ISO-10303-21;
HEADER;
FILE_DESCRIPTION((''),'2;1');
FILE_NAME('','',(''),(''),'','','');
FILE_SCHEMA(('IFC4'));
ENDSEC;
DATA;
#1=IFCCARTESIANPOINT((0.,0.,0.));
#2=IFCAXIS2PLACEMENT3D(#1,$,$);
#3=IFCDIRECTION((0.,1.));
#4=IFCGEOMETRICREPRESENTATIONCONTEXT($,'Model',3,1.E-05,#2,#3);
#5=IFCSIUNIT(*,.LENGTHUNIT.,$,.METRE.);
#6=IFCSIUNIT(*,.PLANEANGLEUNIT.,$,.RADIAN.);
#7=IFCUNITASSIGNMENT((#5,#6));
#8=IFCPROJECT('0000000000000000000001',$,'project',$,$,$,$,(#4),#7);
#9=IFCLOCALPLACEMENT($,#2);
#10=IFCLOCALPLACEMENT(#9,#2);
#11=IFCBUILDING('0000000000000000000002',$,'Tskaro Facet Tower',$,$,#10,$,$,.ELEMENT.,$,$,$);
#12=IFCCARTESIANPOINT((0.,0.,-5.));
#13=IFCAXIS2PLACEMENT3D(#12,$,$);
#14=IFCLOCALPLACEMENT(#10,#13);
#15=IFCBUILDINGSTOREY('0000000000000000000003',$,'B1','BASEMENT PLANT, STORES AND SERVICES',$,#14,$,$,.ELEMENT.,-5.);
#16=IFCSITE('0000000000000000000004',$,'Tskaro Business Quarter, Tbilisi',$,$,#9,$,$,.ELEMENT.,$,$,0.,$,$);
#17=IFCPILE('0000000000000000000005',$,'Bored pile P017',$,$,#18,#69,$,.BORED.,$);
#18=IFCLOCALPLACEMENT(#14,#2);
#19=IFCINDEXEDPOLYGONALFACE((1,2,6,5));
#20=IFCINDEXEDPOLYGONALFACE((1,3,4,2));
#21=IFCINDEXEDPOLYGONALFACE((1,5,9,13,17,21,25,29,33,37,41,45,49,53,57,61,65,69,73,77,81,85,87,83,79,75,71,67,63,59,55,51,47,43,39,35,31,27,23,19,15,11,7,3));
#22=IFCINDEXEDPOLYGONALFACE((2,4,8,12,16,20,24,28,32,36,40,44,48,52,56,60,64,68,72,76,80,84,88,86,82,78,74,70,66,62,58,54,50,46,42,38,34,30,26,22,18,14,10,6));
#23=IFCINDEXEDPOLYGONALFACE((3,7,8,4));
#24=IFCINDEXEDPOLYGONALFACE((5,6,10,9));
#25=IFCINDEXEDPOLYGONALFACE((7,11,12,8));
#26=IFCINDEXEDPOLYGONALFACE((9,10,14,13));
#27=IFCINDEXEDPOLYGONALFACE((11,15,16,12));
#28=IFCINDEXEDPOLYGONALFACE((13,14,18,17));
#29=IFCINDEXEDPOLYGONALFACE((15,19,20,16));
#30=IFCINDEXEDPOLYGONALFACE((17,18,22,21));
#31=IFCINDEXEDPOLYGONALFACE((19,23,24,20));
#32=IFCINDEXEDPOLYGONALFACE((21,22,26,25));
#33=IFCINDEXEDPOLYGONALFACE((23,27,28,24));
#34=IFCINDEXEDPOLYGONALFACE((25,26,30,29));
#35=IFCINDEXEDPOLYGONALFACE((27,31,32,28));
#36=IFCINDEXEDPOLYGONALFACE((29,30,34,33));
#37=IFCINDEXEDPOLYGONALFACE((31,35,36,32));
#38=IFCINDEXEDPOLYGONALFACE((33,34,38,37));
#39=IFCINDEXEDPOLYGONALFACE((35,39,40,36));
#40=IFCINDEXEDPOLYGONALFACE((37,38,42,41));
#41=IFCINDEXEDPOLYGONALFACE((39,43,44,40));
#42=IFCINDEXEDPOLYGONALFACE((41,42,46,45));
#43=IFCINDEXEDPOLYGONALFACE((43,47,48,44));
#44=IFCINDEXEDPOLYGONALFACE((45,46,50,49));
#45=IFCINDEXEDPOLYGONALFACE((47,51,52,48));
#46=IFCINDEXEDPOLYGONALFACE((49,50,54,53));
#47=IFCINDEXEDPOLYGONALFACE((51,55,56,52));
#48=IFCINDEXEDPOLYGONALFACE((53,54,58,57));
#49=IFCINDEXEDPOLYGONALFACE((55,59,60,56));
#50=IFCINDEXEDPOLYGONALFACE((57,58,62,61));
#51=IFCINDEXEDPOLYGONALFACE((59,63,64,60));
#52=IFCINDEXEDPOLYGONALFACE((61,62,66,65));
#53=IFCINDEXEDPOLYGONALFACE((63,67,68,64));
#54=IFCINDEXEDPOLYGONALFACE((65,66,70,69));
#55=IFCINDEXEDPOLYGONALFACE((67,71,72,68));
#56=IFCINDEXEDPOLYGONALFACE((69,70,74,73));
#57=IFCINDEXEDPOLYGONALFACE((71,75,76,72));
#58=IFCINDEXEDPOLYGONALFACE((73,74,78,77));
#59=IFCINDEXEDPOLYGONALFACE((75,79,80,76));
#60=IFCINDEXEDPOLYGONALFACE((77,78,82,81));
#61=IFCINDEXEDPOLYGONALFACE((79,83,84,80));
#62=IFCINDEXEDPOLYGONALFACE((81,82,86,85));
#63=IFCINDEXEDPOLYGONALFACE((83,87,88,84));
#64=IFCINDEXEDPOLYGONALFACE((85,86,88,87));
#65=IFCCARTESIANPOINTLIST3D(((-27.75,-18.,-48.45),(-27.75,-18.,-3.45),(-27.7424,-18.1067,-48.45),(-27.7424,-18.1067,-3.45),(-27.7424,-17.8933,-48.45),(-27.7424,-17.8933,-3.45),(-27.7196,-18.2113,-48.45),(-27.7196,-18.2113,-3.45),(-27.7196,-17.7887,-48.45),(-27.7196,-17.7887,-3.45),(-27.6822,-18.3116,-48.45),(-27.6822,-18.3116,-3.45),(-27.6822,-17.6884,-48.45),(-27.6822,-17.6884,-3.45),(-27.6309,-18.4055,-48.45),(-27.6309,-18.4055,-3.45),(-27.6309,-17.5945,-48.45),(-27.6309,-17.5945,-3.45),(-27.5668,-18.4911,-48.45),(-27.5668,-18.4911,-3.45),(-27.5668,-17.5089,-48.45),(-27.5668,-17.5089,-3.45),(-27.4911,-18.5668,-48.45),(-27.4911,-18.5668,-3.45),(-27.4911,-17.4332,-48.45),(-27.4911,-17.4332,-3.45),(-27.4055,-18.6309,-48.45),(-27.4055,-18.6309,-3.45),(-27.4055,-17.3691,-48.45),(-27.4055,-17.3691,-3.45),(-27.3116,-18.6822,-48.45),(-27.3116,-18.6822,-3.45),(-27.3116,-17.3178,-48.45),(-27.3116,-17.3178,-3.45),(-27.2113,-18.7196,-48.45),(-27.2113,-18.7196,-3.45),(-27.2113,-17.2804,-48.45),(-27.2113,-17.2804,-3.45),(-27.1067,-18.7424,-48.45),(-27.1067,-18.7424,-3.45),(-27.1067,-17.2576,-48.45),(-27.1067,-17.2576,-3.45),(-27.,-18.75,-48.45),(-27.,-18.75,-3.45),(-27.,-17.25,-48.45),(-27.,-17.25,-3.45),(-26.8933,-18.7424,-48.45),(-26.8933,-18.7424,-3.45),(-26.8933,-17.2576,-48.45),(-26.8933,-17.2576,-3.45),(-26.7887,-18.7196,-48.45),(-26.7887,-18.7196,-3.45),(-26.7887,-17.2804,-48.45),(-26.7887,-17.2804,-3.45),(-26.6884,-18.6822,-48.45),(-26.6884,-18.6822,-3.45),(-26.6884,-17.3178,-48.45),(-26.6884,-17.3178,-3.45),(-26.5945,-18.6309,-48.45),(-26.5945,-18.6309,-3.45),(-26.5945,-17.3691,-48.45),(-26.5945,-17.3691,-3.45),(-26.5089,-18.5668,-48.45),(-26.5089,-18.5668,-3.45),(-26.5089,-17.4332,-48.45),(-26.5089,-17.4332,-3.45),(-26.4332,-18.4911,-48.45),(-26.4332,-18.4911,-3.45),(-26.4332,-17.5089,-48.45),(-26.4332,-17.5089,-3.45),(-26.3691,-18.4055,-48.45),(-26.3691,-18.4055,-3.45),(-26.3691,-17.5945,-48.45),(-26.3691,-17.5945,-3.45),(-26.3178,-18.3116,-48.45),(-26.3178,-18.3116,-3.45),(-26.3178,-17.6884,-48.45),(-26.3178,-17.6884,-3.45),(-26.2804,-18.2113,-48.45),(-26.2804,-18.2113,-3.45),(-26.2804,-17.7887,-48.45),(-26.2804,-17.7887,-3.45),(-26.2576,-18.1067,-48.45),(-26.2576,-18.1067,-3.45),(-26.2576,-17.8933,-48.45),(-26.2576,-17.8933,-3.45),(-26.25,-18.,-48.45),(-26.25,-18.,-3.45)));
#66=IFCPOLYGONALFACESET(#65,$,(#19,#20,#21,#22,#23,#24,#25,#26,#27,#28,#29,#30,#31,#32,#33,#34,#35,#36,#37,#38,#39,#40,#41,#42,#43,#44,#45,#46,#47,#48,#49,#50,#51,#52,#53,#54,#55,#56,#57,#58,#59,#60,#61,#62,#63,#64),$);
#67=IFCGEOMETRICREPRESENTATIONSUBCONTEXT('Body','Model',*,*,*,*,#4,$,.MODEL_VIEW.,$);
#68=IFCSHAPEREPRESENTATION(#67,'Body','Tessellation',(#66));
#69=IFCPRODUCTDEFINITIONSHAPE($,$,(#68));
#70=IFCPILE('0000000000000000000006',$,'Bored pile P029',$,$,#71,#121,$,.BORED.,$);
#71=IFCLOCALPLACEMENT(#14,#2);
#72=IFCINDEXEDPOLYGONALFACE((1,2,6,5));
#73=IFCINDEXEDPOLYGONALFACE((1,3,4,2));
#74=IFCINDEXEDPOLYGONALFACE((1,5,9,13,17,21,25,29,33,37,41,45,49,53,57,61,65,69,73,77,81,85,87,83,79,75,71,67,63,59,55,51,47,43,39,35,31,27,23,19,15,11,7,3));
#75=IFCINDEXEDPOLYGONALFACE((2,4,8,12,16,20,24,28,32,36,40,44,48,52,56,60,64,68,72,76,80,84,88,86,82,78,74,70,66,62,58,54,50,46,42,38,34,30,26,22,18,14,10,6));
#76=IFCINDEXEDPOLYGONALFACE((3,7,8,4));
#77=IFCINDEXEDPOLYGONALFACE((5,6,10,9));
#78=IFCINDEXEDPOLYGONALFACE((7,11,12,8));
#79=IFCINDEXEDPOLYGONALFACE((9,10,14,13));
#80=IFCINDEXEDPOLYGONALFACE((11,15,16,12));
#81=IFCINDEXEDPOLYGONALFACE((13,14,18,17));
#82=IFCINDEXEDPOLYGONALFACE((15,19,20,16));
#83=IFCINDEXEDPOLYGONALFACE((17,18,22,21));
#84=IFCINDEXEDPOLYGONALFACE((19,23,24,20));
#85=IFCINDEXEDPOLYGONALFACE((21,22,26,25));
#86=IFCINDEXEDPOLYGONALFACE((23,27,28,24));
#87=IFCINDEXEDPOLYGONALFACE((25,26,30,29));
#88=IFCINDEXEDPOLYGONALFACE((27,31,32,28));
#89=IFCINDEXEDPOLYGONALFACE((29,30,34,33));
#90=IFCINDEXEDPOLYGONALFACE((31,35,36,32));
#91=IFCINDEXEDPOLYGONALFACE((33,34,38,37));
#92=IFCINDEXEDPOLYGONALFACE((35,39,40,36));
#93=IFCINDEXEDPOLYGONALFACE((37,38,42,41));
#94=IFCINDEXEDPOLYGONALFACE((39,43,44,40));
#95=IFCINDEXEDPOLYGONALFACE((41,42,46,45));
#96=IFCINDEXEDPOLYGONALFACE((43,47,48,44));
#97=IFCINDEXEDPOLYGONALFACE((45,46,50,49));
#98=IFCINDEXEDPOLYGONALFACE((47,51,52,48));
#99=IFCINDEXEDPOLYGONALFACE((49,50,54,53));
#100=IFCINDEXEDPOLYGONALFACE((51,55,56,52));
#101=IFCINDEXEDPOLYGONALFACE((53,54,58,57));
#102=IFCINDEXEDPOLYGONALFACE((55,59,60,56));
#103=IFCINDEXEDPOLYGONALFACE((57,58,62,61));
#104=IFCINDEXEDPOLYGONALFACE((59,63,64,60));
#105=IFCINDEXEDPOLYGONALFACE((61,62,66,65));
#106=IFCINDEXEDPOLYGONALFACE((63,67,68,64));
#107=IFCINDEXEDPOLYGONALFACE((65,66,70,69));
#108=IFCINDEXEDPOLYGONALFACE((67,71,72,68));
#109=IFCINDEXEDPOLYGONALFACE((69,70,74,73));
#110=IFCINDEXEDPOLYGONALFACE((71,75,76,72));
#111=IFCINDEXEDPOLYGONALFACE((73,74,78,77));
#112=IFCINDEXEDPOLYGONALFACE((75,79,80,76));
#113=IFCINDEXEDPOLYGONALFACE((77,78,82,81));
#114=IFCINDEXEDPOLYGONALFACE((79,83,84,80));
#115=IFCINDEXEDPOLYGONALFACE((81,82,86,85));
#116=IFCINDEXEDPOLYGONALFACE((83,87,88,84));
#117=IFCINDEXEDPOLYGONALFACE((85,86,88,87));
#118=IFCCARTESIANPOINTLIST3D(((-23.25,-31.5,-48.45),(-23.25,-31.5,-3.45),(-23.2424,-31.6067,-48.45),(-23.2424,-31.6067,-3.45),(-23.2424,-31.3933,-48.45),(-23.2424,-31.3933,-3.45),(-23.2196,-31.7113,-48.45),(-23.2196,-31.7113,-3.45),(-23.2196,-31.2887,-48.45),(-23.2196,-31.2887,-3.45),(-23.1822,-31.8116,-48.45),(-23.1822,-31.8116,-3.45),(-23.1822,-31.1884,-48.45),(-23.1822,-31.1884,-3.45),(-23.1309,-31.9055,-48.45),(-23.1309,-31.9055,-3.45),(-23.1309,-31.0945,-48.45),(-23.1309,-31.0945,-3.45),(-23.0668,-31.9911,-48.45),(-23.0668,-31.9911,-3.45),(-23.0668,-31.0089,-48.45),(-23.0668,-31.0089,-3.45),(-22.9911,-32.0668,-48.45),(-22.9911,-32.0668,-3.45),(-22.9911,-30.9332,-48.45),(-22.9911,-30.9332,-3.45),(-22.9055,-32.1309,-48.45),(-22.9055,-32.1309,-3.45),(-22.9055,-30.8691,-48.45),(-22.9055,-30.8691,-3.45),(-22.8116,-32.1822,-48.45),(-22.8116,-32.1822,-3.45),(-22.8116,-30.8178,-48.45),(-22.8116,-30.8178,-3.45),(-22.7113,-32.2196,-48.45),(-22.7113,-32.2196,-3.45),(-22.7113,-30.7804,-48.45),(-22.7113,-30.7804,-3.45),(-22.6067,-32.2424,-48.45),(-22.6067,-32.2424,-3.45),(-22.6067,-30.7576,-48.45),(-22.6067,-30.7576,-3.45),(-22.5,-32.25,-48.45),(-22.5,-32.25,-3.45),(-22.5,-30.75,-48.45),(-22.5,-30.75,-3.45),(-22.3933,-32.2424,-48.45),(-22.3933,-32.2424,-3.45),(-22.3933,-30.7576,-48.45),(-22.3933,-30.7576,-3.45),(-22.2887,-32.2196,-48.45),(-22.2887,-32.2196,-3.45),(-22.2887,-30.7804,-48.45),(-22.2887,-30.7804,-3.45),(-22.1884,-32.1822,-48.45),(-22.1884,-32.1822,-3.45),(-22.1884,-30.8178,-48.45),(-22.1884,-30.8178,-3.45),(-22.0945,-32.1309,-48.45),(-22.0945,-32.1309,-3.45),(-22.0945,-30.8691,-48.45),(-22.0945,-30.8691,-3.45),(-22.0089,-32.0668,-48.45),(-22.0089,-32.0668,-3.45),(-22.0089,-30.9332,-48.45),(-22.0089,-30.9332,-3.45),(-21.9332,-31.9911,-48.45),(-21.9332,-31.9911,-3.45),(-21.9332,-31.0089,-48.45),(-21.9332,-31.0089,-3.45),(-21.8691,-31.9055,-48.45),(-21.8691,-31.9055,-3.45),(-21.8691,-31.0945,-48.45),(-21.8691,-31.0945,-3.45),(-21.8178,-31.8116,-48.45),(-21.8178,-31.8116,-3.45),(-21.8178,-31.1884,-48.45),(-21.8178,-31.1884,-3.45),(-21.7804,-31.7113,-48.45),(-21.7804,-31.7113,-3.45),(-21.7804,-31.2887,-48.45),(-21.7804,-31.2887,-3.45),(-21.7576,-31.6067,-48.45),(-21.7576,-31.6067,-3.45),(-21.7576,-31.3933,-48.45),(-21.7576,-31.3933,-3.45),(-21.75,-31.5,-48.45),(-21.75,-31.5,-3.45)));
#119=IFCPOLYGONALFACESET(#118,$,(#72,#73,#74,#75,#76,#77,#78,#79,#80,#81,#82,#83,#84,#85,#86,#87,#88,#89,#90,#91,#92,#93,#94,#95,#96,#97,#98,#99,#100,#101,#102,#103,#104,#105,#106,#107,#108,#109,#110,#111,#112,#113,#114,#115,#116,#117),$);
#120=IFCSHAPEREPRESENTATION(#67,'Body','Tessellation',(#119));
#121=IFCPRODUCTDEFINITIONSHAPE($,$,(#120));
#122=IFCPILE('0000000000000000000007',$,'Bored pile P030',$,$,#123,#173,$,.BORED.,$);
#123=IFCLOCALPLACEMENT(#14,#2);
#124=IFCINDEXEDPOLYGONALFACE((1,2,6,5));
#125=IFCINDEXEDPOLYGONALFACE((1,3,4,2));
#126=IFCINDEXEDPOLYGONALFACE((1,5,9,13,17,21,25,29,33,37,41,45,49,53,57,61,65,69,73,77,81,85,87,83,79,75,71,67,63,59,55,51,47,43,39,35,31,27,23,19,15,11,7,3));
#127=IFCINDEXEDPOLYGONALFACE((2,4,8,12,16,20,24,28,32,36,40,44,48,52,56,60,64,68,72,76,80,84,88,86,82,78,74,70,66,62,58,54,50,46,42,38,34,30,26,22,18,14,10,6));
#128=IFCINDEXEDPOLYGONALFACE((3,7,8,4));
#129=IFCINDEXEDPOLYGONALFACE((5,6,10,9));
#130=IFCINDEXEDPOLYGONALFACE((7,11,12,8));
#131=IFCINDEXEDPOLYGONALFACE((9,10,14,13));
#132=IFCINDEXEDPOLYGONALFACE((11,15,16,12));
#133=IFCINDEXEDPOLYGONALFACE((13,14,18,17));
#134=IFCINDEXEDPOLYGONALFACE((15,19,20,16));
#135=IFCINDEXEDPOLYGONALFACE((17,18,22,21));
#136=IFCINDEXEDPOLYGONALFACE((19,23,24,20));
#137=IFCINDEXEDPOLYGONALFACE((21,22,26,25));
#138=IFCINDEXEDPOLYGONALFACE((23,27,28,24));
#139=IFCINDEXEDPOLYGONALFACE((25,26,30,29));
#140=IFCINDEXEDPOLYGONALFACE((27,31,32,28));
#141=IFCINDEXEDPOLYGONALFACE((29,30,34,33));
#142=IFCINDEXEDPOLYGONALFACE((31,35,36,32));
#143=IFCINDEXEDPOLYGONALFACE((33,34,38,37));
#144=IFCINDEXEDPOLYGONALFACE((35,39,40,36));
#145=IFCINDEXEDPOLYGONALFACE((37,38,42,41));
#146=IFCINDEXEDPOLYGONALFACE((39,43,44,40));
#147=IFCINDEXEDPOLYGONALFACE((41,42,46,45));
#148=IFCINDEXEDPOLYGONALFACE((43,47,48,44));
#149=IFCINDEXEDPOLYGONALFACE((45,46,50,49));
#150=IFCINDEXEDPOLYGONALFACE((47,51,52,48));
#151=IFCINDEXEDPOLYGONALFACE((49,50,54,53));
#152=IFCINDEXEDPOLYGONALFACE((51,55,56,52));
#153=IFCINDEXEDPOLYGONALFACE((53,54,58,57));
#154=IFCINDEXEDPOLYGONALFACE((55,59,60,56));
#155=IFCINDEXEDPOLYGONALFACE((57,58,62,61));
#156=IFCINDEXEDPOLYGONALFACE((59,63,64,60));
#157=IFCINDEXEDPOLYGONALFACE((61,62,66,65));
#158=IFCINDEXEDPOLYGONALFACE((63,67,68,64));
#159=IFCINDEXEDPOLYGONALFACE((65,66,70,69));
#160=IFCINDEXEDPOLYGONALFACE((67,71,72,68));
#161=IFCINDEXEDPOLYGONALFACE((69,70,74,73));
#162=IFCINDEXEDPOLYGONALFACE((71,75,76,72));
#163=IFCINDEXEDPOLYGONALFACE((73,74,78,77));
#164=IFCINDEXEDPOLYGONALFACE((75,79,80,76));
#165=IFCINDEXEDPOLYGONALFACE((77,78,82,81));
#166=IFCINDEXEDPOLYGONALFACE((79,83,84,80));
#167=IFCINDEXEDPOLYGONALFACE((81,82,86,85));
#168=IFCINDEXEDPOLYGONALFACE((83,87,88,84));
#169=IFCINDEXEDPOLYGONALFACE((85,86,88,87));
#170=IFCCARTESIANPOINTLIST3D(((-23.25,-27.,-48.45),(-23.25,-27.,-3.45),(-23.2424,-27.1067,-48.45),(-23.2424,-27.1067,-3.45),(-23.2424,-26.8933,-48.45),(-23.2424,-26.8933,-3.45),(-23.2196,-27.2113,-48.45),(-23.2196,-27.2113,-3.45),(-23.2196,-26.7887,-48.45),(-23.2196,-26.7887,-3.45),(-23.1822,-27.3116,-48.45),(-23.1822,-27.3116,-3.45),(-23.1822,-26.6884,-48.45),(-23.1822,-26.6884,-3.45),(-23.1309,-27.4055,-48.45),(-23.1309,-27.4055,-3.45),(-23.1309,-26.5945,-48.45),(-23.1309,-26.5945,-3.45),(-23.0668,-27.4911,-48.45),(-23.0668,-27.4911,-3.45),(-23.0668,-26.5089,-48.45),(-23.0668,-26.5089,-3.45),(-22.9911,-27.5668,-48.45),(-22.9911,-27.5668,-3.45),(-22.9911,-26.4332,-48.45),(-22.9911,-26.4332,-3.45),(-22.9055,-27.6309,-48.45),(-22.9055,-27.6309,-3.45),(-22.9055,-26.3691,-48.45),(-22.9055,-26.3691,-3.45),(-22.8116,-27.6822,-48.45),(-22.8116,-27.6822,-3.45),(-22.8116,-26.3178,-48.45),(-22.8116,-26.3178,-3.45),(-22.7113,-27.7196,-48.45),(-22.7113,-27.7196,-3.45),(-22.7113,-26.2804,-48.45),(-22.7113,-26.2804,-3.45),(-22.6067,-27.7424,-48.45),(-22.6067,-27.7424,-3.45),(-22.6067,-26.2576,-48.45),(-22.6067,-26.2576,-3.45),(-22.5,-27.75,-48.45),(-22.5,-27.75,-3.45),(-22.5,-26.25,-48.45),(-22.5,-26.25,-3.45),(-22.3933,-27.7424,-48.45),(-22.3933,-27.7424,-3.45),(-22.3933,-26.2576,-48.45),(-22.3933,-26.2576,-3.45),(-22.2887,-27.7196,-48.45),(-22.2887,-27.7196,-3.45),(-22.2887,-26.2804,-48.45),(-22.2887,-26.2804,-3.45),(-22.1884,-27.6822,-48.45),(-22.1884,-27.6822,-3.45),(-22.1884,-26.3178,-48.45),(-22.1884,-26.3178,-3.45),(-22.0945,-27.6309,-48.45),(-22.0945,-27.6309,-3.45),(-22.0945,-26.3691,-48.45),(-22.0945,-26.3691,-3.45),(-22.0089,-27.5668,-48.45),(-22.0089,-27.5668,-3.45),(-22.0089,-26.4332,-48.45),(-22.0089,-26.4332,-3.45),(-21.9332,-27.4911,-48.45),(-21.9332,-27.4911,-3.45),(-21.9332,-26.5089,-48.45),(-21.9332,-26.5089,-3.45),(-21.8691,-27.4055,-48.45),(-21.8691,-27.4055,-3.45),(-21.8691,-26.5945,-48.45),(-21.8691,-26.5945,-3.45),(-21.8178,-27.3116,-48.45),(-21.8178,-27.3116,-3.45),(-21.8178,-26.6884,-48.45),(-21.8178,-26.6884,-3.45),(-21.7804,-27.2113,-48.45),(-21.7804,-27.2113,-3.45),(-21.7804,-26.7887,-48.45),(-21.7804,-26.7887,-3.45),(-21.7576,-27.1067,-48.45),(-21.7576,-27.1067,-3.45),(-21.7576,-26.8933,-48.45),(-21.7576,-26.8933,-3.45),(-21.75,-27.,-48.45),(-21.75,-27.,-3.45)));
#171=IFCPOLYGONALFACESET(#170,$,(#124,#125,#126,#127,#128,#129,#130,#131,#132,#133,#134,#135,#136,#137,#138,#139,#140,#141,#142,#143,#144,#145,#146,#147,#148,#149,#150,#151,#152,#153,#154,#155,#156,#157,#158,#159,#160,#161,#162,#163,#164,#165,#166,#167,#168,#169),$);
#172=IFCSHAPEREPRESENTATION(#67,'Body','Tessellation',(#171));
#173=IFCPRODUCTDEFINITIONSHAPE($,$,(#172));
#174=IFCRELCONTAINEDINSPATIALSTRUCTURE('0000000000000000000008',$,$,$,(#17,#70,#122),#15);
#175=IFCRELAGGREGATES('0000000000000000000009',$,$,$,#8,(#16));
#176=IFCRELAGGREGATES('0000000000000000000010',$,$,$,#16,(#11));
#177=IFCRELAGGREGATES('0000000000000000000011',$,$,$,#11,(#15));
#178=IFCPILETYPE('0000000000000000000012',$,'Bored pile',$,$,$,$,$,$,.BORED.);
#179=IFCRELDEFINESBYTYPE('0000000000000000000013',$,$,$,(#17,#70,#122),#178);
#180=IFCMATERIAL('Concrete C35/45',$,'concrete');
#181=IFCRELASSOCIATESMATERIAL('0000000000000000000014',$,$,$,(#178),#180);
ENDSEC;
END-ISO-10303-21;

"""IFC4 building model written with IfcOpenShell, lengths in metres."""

from ifc_helpers import new_model, si_unit, direction, frame, origin, origin_2d, place, context, subcontext, project, spatial, circle, extrude, material, material_profile, profile_set, type_object, element, save


model = new_model("IFC4")

# Units and contexts
model_context = context("Model", 3, precision=1e-05, world=origin(), true_north=direction((0.0, 1.0)))
body_context = subcontext(model_context, "Body", "Model", "MODEL_VIEW")
ifc_project = project(units=[si_unit("LENGTHUNIT", "METRE"), si_unit("PLANEANGLEUNIT", "RADIAN")], contexts=[model_context])

# Site, building, storey
site_placement = place(None, origin())
site = spatial("IfcSite", under=ifc_project, at=site_placement, Name="Tskaro Business Quarter, Tbilisi", CompositionType="ELEMENT", RefElevation=0.0)
building_placement = place(site_placement, origin())
building = spatial("IfcBuilding", under=site, at=building_placement, Name="Tskaro Facet Tower", CompositionType="ELEMENT")
storey_placement = place(building_placement, frame((0.0, 0.0, -5.0)))
storey = spatial("IfcBuildingStorey", under=building, at=storey_placement, Name="B1", Description="BASEMENT PLANT, STORES AND SERVICES", CompositionType="ELEMENT", Elevation=-5.0)

# Piles
ifc_material_1 = material(Name="Concrete C35/45", Category="concrete")
ifc_material_profile_1 = material_profile(ifc_material_1, circle(Radius=0.75, at=origin_2d()), Name="Bored pile")
ifc_profile_set_1 = profile_set([ifc_material_profile_1], Name="Concrete C35/45")
pile_type = type_object("IfcPileType", Name="Bored pile", PredefinedType="BORED", material=ifc_profile_set_1)
for number, where, z_axis, x_axis, name in (
    (1, (-27.0, -18.0, -3.45), (0.0, 0.0, -1.0), (1.0, 0.0, 0.0), "Bored pile P017"),
    (2, (-22.5, -31.5, -3.45), (0.0, 0.0, -1.0), (1.0, 0.0, 0.0), "Bored pile P029"),
    (3, (-22.5, -27.0, -3.45), (0.0, 0.0, -1.0), (1.0, 0.0, 0.0), "Bored pile P030"),
):
    element("IfcPile", number, at=place(storey_placement, frame(where, z_axis=z_axis, x_axis=x_axis)), inside=storey, type_object=pile_type, Name=name, PredefinedType="BORED", context=body_context, shape_type="SweptSolid", body=[
        extrude(circle(Radius=0.75, at=origin_2d()), origin(), (0.0, 0.0, 1.0), 45.0),
    ])

save(model, "model.ifc")
